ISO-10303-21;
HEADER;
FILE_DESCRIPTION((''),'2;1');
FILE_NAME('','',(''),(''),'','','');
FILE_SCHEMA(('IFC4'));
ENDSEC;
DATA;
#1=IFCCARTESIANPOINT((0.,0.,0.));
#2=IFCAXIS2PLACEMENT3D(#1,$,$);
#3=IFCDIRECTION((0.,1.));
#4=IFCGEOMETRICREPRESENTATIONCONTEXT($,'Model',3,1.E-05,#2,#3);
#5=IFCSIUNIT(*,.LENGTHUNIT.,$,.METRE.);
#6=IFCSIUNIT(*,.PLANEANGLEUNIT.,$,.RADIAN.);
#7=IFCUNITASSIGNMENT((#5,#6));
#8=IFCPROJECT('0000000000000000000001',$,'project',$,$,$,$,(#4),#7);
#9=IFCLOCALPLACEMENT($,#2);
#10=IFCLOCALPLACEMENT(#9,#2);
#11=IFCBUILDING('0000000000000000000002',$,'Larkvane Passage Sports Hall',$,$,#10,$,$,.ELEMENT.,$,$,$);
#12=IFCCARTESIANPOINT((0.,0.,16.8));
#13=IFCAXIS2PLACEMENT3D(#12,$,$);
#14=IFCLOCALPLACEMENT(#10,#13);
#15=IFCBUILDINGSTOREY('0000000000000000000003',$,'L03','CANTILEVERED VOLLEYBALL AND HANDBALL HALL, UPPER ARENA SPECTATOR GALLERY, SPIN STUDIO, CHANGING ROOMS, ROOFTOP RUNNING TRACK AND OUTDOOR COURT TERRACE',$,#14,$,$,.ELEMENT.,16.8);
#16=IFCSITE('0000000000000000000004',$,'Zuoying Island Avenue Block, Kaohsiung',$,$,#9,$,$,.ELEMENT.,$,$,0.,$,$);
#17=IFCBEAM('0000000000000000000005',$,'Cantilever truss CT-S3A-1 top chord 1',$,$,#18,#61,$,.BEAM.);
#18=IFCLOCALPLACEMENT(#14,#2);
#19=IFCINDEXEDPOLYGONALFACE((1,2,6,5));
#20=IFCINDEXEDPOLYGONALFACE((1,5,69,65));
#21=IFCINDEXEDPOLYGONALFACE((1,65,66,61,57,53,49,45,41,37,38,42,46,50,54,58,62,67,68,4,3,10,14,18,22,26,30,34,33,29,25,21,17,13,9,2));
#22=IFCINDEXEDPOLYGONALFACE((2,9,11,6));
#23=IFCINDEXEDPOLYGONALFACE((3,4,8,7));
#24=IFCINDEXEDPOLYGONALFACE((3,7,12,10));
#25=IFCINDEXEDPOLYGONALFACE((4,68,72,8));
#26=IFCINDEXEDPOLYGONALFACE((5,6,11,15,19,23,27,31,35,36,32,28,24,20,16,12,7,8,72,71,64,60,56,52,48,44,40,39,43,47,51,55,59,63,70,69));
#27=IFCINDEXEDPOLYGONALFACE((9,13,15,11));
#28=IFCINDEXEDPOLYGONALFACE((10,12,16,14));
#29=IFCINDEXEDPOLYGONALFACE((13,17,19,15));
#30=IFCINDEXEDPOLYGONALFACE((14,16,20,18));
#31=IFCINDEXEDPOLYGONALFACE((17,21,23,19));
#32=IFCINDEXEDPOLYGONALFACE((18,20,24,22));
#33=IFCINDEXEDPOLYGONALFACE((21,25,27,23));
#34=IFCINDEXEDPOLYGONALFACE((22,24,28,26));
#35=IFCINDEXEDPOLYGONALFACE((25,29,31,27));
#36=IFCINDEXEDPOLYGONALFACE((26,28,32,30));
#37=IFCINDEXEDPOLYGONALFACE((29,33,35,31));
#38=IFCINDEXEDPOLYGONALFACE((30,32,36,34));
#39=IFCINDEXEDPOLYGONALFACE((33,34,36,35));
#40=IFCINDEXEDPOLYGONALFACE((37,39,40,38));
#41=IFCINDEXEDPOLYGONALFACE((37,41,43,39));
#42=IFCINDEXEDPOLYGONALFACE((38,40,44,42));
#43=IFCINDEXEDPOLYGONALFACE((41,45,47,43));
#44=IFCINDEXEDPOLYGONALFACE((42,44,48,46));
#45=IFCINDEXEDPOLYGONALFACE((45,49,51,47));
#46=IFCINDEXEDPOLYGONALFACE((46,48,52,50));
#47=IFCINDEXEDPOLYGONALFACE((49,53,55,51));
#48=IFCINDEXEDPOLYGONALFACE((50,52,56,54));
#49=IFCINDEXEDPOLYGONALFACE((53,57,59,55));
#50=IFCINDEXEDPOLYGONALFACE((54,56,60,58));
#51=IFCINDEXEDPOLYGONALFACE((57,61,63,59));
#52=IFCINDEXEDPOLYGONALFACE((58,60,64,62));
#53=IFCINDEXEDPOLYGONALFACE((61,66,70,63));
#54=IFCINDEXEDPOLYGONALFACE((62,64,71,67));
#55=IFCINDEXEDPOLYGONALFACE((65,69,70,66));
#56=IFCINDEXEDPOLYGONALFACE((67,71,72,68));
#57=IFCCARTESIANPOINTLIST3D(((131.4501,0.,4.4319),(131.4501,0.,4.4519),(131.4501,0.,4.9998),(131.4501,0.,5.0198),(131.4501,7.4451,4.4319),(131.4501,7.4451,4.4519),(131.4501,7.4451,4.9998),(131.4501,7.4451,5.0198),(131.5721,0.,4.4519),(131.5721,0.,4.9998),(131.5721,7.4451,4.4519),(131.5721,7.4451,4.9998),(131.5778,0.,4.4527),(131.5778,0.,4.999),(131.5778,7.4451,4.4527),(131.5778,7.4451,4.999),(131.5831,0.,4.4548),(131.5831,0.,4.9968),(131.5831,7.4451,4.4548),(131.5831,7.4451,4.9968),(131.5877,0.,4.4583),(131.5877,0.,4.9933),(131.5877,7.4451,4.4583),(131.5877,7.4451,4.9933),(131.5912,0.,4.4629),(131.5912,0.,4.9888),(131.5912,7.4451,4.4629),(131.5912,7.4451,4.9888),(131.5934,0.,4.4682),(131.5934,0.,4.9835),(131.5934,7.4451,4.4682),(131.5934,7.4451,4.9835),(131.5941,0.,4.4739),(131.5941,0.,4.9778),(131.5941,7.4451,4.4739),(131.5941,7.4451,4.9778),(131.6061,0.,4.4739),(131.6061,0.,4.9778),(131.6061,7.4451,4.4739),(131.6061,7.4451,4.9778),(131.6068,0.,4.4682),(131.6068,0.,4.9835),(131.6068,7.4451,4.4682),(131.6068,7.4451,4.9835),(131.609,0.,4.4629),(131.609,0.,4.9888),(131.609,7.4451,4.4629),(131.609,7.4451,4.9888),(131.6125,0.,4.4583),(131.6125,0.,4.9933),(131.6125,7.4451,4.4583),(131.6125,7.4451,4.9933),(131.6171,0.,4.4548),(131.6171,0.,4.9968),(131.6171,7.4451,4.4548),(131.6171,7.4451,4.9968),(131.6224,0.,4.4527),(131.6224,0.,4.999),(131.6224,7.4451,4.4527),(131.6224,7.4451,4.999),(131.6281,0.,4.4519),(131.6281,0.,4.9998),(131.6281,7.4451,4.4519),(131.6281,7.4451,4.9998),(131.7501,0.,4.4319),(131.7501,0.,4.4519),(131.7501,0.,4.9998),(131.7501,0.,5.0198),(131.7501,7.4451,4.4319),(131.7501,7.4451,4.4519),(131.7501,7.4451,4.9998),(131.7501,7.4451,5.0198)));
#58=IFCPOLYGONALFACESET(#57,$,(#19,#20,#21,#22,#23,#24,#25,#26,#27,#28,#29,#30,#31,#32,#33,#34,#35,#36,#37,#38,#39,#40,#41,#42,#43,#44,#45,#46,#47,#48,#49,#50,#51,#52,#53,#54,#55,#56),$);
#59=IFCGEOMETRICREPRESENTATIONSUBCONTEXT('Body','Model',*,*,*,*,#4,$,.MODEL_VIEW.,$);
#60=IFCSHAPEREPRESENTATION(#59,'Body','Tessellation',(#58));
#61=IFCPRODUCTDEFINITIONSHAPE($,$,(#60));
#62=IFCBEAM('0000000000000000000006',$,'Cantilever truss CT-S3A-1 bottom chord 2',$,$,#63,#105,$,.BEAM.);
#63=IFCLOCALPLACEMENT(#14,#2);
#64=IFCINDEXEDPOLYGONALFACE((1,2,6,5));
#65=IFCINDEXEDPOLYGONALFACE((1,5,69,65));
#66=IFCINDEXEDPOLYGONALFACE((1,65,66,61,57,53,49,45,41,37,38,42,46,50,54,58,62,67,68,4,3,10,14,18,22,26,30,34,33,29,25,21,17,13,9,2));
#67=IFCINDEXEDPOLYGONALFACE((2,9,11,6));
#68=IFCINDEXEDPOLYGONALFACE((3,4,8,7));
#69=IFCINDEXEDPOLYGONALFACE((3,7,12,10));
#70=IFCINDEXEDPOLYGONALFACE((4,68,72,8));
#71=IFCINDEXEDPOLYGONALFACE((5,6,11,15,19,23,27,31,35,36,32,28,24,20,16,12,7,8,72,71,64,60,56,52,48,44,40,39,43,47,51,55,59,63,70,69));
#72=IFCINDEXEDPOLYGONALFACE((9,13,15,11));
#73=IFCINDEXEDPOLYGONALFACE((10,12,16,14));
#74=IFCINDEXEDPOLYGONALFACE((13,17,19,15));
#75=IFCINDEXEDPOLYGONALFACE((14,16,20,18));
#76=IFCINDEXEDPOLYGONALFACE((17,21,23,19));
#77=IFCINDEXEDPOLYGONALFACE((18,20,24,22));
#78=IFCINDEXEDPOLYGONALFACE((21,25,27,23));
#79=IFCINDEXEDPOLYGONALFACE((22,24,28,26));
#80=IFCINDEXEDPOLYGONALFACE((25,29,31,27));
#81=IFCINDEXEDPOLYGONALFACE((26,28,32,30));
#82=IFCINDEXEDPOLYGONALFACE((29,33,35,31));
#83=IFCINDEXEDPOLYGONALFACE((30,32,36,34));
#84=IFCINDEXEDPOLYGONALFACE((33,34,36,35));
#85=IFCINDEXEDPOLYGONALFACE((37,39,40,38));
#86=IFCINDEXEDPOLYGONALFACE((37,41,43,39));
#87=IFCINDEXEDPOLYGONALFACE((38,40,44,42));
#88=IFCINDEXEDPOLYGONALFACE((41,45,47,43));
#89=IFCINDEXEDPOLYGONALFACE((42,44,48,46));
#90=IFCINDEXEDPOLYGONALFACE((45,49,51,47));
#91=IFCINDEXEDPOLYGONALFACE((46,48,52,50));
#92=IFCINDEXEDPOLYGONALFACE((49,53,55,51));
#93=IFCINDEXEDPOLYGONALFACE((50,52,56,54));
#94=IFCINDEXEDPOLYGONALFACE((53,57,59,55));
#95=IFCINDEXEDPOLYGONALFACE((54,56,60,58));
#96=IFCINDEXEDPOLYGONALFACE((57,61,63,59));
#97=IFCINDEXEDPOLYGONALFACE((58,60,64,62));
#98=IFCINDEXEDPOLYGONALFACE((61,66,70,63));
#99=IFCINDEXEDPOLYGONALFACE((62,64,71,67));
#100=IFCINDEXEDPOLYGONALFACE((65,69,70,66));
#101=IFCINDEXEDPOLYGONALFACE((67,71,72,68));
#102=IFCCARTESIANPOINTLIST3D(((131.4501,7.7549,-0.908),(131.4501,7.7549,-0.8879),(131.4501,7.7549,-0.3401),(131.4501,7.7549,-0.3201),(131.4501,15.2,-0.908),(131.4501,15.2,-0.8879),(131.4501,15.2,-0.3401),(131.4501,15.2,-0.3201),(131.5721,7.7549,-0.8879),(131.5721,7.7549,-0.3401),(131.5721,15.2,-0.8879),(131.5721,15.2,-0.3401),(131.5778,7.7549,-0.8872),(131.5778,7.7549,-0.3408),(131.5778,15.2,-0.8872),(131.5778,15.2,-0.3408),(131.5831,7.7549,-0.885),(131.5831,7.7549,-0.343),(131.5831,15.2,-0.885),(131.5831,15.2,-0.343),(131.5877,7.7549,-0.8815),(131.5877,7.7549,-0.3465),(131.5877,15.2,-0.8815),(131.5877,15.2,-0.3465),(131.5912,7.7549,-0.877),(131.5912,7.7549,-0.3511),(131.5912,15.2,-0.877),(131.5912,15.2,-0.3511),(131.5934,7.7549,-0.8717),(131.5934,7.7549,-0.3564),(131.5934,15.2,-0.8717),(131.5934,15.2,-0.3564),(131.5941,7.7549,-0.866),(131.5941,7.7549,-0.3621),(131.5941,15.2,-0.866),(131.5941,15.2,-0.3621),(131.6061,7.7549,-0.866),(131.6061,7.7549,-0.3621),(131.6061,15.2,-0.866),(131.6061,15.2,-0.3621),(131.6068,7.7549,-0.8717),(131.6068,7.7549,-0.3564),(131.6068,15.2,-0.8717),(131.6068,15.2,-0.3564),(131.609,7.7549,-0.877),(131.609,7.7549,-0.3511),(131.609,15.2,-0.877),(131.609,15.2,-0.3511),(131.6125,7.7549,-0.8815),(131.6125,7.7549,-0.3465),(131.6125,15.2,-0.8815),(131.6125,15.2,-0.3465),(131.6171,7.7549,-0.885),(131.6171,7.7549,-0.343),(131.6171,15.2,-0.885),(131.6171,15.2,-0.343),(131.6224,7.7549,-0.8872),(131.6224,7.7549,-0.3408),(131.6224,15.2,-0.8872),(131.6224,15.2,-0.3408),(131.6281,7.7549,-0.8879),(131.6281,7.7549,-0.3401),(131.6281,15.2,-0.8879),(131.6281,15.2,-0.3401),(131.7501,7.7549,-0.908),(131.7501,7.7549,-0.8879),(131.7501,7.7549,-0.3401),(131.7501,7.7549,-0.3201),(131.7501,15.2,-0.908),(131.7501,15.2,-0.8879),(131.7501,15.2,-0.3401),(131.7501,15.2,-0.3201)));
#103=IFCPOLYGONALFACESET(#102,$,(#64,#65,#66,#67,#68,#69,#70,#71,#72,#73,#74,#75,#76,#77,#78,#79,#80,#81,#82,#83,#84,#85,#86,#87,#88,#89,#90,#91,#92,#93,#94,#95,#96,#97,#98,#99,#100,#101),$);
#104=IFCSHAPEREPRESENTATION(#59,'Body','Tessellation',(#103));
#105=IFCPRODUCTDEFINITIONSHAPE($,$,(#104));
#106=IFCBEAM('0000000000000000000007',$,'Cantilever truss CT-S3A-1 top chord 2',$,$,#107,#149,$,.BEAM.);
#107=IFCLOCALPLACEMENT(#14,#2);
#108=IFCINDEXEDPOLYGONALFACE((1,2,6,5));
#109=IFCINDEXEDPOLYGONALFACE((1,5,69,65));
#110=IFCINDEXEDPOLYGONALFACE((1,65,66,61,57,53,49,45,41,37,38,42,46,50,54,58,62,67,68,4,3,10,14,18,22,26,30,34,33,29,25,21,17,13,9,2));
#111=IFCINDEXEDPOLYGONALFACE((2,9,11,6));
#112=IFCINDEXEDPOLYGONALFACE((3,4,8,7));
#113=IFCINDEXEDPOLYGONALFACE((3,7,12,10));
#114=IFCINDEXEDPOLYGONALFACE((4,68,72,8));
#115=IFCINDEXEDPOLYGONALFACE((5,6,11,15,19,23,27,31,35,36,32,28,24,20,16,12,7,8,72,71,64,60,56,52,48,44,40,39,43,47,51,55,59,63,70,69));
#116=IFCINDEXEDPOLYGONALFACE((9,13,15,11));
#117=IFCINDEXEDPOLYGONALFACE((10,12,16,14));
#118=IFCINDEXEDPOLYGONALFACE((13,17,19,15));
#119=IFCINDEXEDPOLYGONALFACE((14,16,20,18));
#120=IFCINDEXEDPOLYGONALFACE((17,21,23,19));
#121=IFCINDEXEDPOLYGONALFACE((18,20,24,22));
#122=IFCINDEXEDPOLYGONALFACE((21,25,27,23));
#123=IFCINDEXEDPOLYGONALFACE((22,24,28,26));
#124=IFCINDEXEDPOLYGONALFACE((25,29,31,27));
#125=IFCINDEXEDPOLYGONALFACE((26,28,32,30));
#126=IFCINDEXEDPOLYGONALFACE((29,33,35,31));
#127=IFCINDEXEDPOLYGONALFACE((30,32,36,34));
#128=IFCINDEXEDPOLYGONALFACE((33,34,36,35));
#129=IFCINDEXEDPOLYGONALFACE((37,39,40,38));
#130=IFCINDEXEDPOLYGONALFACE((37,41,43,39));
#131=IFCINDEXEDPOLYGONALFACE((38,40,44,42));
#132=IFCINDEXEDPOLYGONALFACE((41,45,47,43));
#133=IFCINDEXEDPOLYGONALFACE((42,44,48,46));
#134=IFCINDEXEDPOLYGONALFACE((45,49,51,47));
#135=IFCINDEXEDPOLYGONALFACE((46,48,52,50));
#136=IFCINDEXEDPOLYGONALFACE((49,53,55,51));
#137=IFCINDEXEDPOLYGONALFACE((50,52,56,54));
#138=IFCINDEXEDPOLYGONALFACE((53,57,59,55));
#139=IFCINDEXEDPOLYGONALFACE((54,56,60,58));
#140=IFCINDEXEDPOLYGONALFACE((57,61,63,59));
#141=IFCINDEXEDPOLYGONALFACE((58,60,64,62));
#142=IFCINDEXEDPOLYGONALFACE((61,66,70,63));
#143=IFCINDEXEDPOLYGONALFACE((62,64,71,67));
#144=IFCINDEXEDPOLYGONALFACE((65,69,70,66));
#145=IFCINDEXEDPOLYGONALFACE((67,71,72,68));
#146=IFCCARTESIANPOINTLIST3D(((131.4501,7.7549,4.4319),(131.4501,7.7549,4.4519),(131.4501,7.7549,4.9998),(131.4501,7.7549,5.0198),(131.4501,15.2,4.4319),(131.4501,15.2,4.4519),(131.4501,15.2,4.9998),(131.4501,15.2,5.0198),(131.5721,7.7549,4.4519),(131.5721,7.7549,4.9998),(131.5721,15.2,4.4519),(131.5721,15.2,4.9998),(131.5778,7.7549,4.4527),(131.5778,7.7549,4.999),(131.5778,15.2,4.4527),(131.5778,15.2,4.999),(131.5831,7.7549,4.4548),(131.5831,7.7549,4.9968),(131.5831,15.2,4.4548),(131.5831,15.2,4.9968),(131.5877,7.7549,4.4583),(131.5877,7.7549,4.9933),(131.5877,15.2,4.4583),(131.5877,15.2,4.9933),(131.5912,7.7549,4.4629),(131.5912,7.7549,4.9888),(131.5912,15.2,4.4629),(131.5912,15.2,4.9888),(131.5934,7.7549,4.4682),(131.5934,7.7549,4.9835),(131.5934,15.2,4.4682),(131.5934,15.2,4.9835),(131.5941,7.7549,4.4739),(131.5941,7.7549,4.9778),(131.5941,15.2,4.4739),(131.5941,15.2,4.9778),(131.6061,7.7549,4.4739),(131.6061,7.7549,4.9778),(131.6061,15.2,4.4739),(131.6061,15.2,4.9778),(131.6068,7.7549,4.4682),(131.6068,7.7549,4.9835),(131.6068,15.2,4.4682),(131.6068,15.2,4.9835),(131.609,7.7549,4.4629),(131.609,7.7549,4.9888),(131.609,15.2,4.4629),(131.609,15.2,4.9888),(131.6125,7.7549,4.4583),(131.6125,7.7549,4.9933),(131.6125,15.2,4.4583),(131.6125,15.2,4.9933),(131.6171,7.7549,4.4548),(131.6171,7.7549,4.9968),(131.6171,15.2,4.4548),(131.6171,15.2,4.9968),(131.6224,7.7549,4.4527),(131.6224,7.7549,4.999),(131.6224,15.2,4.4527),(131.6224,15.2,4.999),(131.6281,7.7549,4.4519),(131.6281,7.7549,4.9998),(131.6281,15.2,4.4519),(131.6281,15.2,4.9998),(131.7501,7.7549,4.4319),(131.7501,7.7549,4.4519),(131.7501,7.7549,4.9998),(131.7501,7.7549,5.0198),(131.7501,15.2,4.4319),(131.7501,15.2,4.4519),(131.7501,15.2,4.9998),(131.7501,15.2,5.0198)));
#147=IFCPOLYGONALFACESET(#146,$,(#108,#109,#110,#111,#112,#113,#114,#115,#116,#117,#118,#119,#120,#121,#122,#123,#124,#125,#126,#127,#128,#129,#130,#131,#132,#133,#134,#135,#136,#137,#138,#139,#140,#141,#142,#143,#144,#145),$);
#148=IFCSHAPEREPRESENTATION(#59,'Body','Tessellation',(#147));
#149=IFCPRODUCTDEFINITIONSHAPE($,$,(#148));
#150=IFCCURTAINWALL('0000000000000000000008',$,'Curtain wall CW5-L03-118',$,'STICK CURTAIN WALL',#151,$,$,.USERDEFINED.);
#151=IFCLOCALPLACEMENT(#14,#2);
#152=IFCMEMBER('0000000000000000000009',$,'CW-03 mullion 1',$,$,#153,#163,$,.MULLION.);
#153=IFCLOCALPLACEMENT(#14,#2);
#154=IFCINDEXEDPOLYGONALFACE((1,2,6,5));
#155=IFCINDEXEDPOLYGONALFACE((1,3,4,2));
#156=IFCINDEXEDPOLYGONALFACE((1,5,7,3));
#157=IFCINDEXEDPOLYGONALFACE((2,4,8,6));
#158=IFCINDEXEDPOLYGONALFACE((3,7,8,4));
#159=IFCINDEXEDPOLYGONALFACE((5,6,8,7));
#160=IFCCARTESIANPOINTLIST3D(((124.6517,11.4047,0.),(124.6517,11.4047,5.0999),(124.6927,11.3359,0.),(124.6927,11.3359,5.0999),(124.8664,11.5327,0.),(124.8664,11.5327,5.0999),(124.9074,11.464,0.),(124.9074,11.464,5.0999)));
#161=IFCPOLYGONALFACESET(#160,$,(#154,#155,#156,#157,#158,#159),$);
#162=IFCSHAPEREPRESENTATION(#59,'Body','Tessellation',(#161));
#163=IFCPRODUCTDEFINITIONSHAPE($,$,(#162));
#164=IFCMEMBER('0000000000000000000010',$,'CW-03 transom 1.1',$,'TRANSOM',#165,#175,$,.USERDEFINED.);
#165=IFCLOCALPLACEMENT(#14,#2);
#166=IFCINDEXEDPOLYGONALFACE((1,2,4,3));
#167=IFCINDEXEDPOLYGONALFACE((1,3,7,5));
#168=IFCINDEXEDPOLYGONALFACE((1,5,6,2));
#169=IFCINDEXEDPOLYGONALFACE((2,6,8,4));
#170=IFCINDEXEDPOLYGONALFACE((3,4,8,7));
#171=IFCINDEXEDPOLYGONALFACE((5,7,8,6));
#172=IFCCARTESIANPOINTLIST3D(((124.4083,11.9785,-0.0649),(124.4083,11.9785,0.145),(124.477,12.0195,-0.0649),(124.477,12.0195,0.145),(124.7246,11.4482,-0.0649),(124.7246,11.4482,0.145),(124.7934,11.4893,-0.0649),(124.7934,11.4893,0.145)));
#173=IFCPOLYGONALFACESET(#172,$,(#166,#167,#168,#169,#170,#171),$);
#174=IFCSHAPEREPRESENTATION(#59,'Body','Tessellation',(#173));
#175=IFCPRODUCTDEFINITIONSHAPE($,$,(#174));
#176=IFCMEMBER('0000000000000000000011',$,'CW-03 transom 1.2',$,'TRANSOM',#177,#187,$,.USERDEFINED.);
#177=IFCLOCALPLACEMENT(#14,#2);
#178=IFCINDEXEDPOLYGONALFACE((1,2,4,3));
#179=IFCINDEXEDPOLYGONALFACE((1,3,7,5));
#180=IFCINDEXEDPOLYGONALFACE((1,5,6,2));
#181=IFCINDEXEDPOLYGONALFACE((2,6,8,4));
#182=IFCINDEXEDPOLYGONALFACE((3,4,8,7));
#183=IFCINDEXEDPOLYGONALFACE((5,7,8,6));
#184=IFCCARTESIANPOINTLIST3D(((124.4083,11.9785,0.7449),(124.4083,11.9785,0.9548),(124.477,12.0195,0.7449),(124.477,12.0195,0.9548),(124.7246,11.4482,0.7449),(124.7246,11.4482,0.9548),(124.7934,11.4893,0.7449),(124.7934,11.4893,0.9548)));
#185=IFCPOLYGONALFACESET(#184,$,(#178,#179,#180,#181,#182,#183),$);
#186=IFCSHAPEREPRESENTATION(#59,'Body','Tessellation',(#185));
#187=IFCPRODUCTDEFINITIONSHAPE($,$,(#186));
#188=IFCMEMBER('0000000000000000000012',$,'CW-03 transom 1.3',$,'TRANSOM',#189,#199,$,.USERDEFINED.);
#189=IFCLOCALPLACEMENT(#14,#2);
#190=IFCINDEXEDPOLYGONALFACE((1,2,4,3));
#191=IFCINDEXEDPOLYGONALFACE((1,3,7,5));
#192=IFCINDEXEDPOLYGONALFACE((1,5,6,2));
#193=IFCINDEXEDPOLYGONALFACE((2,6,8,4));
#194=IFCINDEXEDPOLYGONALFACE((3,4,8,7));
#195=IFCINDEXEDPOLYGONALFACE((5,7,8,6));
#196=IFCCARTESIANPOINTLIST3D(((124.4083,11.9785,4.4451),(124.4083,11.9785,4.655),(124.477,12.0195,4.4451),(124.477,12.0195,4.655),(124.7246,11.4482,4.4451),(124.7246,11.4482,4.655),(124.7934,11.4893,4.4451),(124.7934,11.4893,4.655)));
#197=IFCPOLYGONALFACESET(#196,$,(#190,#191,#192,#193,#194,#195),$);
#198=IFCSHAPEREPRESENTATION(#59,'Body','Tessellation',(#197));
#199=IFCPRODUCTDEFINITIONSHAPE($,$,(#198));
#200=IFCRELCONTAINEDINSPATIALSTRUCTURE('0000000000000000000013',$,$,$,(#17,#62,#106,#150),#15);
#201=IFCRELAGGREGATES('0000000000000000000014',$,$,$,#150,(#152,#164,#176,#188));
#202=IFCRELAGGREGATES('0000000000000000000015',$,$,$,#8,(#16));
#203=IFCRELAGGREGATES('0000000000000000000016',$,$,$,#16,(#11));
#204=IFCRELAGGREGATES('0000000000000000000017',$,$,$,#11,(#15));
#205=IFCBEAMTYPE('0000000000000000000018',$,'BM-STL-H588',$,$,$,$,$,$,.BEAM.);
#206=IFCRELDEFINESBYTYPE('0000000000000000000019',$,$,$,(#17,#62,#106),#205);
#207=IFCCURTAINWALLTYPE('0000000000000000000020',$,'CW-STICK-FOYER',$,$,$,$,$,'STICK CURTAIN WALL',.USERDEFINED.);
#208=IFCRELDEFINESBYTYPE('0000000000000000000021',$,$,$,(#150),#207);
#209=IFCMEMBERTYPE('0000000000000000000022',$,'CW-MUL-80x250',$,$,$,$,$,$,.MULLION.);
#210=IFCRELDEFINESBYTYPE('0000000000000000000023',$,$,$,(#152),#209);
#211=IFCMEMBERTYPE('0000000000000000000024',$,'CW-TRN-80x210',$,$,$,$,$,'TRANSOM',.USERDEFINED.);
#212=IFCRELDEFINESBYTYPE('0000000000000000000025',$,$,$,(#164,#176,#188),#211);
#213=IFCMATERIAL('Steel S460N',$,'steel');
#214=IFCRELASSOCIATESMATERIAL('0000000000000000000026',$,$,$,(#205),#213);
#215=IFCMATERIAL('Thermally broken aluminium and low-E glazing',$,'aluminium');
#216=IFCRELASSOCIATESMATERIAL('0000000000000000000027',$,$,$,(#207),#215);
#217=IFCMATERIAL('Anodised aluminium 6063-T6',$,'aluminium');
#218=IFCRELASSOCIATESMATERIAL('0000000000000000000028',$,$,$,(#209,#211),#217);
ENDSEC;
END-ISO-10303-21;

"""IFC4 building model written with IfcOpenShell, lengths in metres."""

from ifc_helpers import new_model, si_unit, direction, frame, origin, origin_2d, place, context, subcontext, project, spatial, rectangle, i_section, extrude, material, material_profile, profile_set, type_object, element, aggregate, save


model = new_model("IFC4")

# Units and contexts
model_context = context("Model", 3, precision=1e-05, world=origin(), true_north=direction((0.0, 1.0)))
body_context = subcontext(model_context, "Body", "Model", "MODEL_VIEW")
ifc_project = project(units=[si_unit("LENGTHUNIT", "METRE"), si_unit("PLANEANGLEUNIT", "RADIAN")], contexts=[model_context])

# Site, building, storey
site_placement = place(None, origin())
site = spatial("IfcSite", under=ifc_project, at=site_placement, Name="Zuoying Island Avenue Block, Kaohsiung", CompositionType="ELEMENT", RefElevation=0.0)
building_placement = place(site_placement, origin())
building = spatial("IfcBuilding", under=site, at=building_placement, Name="Larkvane Passage Sports Hall", CompositionType="ELEMENT")
storey_placement = place(building_placement, frame((0.0, 0.0, 16.8)))
storey = spatial("IfcBuildingStorey", under=building, at=storey_placement, Name="L03", Description="CANTILEVERED VOLLEYBALL AND HANDBALL HALL, UPPER ARENA SPECTATOR GALLERY, SPIN STUDIO, CHANGING ROOMS, ROOFTOP RUNNING TRACK AND OUTDOOR COURT TERRACE", CompositionType="ELEMENT", Elevation=16.8)

# Beams
ifc_material_1 = material(Name="Steel S460N", Category="steel")
ifc_material_profile_1 = material_profile(ifc_material_1, i_section(OverallWidth=0.3, OverallDepth=0.5879, WebThickness=0.012, FlangeThickness=0.02, FilletRadius=0.022, at=origin_2d()), Name="H-588x300x12x20")
ifc_profile_set_1 = profile_set([ifc_material_profile_1], Name="Steel S460N")
beam_type_1 = type_object("IfcBeamType", Name="BM-STL-H588", PredefinedType="BEAM", material=ifc_profile_set_1)
for number, where, z_axis, x_axis, name in (
    (1, (131.6001, 0.0, 4.7258), (0.0, 1.0, 0.0), (-1.0, 0.0, 0.0), "Cantilever truss CT-S3A-1 top chord 1"),
    (2, (131.6001, 7.7549, -0.614), (0.0, 1.0, 0.0), (-1.0, 0.0, 0.0), "Cantilever truss CT-S3A-1 bottom chord 2"),
    (3, (131.6001, 7.7549, 4.7258), (0.0, 1.0, 0.0), (-1.0, 0.0, 0.0), "Cantilever truss CT-S3A-1 top chord 2"),
):
    element("IfcBeam", number, at=place(storey_placement, frame(where, z_axis=z_axis, x_axis=x_axis)), inside=storey, type_object=beam_type_1, Name=name, PredefinedType="BEAM", context=body_context, shape_type="SweptSolid", body=[
        extrude(i_section(OverallWidth=0.3, OverallDepth=0.5879, WebThickness=0.012, FlangeThickness=0.02, FilletRadius=0.022, at=origin_2d()), origin(), (0.0, 0.0, 1.0), 7.4451),
    ])

# Curtain wall, members
ifc_material_2 = material(Name="Thermally broken aluminium and low-E glazing", Category="aluminium")
curtain_wall_type = type_object("IfcCurtainWallType", Name="CW-STICK-FOYER", ElementType="STICK CURTAIN WALL", PredefinedType="USERDEFINED", material=ifc_material_2)
curtain_wall_placement = place(storey_placement, origin())
curtain_wall = element("IfcCurtainWall", 4, at=curtain_wall_placement, inside=storey, type_object=curtain_wall_type, Name="Curtain wall CW5-L03-118", ObjectType="STICK CURTAIN WALL", PredefinedType="USERDEFINED")
ifc_material_3 = material(Name="Anodised aluminium 6063-T6", Category="aluminium")
ifc_material_profile_2 = material_profile(ifc_material_3, rectangle(XDim=0.0801, YDim=0.25, at=origin_2d()), Name="ALU-MUL-80x250")
ifc_profile_set_2 = profile_set([ifc_material_profile_2], Name="Anodised aluminium 6063-T6")
member_type_1 = type_object("IfcMemberType", Name="CW-MUL-80x250", PredefinedType="MULLION", material=ifc_profile_set_2)
member_1_placement = place(storey_placement, frame((124.7795, 11.4343, 0.0), z_axis=(0.0, 0.0, 1.0), x_axis=(-0.512278, 0.85882, 0.0)))
member_1 = element("IfcMember", 5, at=member_1_placement, type_object=member_type_1, Name="CW-03 mullion 1", PredefinedType="MULLION", context=body_context, shape_type="SweptSolid", body=[
    extrude(rectangle(XDim=0.0801, YDim=0.25, at=origin_2d()), origin(), (0.0, 0.0, 1.0), 5.0999),
])
ifc_material_profile_3 = material_profile(ifc_material_3, rectangle(XDim=0.0801, YDim=0.21, at=origin_2d()), Name="ALU-TRN-80x210")
ifc_profile_set_3 = profile_set([ifc_material_profile_3], Name="Anodised aluminium 6063-T6")
member_type_2 = type_object("IfcMemberType", Name="CW-TRN-80x210", ElementType="TRANSOM", PredefinedType="USERDEFINED", material=ifc_profile_set_3)
member_2_placement = place(storey_placement, frame((124.759, 11.4688, 0.04), z_axis=(-0.512401, 0.858746, 0.0), x_axis=(-0.858746, -0.512401, 0.0)))
member_2 = element("IfcMember", 6, at=member_2_placement, type_object=member_type_2, Name="CW-03 transom 1.1", ObjectType="TRANSOM", PredefinedType="USERDEFINED", context=body_context, shape_type="SweptSolid", body=[
    extrude(rectangle(XDim=0.0801, YDim=0.21, at=origin_2d()), origin(), (0.0, 0.0, 1.0), 0.6174),
])
member_3_placement = place(storey_placement, frame((124.759, 11.4688, 0.8499), z_axis=(-0.512401, 0.858746, 0.0), x_axis=(-0.858746, -0.512401, 0.0)))
member_3 = element("IfcMember", 7, at=member_3_placement, type_object=member_type_2, Name="CW-03 transom 1.2", ObjectType="TRANSOM", PredefinedType="USERDEFINED", context=body_context, shape_type="SweptSolid", body=[
    extrude(rectangle(XDim=0.0801, YDim=0.21, at=origin_2d()), origin(), (0.0, 0.0, 1.0), 0.6174),
])
member_4_placement = place(storey_placement, frame((124.759, 11.4688, 4.55), z_axis=(-0.512401, 0.858746, 0.0), x_axis=(-0.858746, -0.512401, 0.0)))
member_4 = element("IfcMember", 8, at=member_4_placement, type_object=member_type_2, Name="CW-03 transom 1.3", ObjectType="TRANSOM", PredefinedType="USERDEFINED", context=body_context, shape_type="SweptSolid", body=[
    extrude(rectangle(XDim=0.0801, YDim=0.21, at=origin_2d()), origin(), (0.0, 0.0, 1.0), 0.6174),
])

aggregate(curtain_wall, [member_1, member_2, member_3, member_4])

save(model, "model.ifc")
